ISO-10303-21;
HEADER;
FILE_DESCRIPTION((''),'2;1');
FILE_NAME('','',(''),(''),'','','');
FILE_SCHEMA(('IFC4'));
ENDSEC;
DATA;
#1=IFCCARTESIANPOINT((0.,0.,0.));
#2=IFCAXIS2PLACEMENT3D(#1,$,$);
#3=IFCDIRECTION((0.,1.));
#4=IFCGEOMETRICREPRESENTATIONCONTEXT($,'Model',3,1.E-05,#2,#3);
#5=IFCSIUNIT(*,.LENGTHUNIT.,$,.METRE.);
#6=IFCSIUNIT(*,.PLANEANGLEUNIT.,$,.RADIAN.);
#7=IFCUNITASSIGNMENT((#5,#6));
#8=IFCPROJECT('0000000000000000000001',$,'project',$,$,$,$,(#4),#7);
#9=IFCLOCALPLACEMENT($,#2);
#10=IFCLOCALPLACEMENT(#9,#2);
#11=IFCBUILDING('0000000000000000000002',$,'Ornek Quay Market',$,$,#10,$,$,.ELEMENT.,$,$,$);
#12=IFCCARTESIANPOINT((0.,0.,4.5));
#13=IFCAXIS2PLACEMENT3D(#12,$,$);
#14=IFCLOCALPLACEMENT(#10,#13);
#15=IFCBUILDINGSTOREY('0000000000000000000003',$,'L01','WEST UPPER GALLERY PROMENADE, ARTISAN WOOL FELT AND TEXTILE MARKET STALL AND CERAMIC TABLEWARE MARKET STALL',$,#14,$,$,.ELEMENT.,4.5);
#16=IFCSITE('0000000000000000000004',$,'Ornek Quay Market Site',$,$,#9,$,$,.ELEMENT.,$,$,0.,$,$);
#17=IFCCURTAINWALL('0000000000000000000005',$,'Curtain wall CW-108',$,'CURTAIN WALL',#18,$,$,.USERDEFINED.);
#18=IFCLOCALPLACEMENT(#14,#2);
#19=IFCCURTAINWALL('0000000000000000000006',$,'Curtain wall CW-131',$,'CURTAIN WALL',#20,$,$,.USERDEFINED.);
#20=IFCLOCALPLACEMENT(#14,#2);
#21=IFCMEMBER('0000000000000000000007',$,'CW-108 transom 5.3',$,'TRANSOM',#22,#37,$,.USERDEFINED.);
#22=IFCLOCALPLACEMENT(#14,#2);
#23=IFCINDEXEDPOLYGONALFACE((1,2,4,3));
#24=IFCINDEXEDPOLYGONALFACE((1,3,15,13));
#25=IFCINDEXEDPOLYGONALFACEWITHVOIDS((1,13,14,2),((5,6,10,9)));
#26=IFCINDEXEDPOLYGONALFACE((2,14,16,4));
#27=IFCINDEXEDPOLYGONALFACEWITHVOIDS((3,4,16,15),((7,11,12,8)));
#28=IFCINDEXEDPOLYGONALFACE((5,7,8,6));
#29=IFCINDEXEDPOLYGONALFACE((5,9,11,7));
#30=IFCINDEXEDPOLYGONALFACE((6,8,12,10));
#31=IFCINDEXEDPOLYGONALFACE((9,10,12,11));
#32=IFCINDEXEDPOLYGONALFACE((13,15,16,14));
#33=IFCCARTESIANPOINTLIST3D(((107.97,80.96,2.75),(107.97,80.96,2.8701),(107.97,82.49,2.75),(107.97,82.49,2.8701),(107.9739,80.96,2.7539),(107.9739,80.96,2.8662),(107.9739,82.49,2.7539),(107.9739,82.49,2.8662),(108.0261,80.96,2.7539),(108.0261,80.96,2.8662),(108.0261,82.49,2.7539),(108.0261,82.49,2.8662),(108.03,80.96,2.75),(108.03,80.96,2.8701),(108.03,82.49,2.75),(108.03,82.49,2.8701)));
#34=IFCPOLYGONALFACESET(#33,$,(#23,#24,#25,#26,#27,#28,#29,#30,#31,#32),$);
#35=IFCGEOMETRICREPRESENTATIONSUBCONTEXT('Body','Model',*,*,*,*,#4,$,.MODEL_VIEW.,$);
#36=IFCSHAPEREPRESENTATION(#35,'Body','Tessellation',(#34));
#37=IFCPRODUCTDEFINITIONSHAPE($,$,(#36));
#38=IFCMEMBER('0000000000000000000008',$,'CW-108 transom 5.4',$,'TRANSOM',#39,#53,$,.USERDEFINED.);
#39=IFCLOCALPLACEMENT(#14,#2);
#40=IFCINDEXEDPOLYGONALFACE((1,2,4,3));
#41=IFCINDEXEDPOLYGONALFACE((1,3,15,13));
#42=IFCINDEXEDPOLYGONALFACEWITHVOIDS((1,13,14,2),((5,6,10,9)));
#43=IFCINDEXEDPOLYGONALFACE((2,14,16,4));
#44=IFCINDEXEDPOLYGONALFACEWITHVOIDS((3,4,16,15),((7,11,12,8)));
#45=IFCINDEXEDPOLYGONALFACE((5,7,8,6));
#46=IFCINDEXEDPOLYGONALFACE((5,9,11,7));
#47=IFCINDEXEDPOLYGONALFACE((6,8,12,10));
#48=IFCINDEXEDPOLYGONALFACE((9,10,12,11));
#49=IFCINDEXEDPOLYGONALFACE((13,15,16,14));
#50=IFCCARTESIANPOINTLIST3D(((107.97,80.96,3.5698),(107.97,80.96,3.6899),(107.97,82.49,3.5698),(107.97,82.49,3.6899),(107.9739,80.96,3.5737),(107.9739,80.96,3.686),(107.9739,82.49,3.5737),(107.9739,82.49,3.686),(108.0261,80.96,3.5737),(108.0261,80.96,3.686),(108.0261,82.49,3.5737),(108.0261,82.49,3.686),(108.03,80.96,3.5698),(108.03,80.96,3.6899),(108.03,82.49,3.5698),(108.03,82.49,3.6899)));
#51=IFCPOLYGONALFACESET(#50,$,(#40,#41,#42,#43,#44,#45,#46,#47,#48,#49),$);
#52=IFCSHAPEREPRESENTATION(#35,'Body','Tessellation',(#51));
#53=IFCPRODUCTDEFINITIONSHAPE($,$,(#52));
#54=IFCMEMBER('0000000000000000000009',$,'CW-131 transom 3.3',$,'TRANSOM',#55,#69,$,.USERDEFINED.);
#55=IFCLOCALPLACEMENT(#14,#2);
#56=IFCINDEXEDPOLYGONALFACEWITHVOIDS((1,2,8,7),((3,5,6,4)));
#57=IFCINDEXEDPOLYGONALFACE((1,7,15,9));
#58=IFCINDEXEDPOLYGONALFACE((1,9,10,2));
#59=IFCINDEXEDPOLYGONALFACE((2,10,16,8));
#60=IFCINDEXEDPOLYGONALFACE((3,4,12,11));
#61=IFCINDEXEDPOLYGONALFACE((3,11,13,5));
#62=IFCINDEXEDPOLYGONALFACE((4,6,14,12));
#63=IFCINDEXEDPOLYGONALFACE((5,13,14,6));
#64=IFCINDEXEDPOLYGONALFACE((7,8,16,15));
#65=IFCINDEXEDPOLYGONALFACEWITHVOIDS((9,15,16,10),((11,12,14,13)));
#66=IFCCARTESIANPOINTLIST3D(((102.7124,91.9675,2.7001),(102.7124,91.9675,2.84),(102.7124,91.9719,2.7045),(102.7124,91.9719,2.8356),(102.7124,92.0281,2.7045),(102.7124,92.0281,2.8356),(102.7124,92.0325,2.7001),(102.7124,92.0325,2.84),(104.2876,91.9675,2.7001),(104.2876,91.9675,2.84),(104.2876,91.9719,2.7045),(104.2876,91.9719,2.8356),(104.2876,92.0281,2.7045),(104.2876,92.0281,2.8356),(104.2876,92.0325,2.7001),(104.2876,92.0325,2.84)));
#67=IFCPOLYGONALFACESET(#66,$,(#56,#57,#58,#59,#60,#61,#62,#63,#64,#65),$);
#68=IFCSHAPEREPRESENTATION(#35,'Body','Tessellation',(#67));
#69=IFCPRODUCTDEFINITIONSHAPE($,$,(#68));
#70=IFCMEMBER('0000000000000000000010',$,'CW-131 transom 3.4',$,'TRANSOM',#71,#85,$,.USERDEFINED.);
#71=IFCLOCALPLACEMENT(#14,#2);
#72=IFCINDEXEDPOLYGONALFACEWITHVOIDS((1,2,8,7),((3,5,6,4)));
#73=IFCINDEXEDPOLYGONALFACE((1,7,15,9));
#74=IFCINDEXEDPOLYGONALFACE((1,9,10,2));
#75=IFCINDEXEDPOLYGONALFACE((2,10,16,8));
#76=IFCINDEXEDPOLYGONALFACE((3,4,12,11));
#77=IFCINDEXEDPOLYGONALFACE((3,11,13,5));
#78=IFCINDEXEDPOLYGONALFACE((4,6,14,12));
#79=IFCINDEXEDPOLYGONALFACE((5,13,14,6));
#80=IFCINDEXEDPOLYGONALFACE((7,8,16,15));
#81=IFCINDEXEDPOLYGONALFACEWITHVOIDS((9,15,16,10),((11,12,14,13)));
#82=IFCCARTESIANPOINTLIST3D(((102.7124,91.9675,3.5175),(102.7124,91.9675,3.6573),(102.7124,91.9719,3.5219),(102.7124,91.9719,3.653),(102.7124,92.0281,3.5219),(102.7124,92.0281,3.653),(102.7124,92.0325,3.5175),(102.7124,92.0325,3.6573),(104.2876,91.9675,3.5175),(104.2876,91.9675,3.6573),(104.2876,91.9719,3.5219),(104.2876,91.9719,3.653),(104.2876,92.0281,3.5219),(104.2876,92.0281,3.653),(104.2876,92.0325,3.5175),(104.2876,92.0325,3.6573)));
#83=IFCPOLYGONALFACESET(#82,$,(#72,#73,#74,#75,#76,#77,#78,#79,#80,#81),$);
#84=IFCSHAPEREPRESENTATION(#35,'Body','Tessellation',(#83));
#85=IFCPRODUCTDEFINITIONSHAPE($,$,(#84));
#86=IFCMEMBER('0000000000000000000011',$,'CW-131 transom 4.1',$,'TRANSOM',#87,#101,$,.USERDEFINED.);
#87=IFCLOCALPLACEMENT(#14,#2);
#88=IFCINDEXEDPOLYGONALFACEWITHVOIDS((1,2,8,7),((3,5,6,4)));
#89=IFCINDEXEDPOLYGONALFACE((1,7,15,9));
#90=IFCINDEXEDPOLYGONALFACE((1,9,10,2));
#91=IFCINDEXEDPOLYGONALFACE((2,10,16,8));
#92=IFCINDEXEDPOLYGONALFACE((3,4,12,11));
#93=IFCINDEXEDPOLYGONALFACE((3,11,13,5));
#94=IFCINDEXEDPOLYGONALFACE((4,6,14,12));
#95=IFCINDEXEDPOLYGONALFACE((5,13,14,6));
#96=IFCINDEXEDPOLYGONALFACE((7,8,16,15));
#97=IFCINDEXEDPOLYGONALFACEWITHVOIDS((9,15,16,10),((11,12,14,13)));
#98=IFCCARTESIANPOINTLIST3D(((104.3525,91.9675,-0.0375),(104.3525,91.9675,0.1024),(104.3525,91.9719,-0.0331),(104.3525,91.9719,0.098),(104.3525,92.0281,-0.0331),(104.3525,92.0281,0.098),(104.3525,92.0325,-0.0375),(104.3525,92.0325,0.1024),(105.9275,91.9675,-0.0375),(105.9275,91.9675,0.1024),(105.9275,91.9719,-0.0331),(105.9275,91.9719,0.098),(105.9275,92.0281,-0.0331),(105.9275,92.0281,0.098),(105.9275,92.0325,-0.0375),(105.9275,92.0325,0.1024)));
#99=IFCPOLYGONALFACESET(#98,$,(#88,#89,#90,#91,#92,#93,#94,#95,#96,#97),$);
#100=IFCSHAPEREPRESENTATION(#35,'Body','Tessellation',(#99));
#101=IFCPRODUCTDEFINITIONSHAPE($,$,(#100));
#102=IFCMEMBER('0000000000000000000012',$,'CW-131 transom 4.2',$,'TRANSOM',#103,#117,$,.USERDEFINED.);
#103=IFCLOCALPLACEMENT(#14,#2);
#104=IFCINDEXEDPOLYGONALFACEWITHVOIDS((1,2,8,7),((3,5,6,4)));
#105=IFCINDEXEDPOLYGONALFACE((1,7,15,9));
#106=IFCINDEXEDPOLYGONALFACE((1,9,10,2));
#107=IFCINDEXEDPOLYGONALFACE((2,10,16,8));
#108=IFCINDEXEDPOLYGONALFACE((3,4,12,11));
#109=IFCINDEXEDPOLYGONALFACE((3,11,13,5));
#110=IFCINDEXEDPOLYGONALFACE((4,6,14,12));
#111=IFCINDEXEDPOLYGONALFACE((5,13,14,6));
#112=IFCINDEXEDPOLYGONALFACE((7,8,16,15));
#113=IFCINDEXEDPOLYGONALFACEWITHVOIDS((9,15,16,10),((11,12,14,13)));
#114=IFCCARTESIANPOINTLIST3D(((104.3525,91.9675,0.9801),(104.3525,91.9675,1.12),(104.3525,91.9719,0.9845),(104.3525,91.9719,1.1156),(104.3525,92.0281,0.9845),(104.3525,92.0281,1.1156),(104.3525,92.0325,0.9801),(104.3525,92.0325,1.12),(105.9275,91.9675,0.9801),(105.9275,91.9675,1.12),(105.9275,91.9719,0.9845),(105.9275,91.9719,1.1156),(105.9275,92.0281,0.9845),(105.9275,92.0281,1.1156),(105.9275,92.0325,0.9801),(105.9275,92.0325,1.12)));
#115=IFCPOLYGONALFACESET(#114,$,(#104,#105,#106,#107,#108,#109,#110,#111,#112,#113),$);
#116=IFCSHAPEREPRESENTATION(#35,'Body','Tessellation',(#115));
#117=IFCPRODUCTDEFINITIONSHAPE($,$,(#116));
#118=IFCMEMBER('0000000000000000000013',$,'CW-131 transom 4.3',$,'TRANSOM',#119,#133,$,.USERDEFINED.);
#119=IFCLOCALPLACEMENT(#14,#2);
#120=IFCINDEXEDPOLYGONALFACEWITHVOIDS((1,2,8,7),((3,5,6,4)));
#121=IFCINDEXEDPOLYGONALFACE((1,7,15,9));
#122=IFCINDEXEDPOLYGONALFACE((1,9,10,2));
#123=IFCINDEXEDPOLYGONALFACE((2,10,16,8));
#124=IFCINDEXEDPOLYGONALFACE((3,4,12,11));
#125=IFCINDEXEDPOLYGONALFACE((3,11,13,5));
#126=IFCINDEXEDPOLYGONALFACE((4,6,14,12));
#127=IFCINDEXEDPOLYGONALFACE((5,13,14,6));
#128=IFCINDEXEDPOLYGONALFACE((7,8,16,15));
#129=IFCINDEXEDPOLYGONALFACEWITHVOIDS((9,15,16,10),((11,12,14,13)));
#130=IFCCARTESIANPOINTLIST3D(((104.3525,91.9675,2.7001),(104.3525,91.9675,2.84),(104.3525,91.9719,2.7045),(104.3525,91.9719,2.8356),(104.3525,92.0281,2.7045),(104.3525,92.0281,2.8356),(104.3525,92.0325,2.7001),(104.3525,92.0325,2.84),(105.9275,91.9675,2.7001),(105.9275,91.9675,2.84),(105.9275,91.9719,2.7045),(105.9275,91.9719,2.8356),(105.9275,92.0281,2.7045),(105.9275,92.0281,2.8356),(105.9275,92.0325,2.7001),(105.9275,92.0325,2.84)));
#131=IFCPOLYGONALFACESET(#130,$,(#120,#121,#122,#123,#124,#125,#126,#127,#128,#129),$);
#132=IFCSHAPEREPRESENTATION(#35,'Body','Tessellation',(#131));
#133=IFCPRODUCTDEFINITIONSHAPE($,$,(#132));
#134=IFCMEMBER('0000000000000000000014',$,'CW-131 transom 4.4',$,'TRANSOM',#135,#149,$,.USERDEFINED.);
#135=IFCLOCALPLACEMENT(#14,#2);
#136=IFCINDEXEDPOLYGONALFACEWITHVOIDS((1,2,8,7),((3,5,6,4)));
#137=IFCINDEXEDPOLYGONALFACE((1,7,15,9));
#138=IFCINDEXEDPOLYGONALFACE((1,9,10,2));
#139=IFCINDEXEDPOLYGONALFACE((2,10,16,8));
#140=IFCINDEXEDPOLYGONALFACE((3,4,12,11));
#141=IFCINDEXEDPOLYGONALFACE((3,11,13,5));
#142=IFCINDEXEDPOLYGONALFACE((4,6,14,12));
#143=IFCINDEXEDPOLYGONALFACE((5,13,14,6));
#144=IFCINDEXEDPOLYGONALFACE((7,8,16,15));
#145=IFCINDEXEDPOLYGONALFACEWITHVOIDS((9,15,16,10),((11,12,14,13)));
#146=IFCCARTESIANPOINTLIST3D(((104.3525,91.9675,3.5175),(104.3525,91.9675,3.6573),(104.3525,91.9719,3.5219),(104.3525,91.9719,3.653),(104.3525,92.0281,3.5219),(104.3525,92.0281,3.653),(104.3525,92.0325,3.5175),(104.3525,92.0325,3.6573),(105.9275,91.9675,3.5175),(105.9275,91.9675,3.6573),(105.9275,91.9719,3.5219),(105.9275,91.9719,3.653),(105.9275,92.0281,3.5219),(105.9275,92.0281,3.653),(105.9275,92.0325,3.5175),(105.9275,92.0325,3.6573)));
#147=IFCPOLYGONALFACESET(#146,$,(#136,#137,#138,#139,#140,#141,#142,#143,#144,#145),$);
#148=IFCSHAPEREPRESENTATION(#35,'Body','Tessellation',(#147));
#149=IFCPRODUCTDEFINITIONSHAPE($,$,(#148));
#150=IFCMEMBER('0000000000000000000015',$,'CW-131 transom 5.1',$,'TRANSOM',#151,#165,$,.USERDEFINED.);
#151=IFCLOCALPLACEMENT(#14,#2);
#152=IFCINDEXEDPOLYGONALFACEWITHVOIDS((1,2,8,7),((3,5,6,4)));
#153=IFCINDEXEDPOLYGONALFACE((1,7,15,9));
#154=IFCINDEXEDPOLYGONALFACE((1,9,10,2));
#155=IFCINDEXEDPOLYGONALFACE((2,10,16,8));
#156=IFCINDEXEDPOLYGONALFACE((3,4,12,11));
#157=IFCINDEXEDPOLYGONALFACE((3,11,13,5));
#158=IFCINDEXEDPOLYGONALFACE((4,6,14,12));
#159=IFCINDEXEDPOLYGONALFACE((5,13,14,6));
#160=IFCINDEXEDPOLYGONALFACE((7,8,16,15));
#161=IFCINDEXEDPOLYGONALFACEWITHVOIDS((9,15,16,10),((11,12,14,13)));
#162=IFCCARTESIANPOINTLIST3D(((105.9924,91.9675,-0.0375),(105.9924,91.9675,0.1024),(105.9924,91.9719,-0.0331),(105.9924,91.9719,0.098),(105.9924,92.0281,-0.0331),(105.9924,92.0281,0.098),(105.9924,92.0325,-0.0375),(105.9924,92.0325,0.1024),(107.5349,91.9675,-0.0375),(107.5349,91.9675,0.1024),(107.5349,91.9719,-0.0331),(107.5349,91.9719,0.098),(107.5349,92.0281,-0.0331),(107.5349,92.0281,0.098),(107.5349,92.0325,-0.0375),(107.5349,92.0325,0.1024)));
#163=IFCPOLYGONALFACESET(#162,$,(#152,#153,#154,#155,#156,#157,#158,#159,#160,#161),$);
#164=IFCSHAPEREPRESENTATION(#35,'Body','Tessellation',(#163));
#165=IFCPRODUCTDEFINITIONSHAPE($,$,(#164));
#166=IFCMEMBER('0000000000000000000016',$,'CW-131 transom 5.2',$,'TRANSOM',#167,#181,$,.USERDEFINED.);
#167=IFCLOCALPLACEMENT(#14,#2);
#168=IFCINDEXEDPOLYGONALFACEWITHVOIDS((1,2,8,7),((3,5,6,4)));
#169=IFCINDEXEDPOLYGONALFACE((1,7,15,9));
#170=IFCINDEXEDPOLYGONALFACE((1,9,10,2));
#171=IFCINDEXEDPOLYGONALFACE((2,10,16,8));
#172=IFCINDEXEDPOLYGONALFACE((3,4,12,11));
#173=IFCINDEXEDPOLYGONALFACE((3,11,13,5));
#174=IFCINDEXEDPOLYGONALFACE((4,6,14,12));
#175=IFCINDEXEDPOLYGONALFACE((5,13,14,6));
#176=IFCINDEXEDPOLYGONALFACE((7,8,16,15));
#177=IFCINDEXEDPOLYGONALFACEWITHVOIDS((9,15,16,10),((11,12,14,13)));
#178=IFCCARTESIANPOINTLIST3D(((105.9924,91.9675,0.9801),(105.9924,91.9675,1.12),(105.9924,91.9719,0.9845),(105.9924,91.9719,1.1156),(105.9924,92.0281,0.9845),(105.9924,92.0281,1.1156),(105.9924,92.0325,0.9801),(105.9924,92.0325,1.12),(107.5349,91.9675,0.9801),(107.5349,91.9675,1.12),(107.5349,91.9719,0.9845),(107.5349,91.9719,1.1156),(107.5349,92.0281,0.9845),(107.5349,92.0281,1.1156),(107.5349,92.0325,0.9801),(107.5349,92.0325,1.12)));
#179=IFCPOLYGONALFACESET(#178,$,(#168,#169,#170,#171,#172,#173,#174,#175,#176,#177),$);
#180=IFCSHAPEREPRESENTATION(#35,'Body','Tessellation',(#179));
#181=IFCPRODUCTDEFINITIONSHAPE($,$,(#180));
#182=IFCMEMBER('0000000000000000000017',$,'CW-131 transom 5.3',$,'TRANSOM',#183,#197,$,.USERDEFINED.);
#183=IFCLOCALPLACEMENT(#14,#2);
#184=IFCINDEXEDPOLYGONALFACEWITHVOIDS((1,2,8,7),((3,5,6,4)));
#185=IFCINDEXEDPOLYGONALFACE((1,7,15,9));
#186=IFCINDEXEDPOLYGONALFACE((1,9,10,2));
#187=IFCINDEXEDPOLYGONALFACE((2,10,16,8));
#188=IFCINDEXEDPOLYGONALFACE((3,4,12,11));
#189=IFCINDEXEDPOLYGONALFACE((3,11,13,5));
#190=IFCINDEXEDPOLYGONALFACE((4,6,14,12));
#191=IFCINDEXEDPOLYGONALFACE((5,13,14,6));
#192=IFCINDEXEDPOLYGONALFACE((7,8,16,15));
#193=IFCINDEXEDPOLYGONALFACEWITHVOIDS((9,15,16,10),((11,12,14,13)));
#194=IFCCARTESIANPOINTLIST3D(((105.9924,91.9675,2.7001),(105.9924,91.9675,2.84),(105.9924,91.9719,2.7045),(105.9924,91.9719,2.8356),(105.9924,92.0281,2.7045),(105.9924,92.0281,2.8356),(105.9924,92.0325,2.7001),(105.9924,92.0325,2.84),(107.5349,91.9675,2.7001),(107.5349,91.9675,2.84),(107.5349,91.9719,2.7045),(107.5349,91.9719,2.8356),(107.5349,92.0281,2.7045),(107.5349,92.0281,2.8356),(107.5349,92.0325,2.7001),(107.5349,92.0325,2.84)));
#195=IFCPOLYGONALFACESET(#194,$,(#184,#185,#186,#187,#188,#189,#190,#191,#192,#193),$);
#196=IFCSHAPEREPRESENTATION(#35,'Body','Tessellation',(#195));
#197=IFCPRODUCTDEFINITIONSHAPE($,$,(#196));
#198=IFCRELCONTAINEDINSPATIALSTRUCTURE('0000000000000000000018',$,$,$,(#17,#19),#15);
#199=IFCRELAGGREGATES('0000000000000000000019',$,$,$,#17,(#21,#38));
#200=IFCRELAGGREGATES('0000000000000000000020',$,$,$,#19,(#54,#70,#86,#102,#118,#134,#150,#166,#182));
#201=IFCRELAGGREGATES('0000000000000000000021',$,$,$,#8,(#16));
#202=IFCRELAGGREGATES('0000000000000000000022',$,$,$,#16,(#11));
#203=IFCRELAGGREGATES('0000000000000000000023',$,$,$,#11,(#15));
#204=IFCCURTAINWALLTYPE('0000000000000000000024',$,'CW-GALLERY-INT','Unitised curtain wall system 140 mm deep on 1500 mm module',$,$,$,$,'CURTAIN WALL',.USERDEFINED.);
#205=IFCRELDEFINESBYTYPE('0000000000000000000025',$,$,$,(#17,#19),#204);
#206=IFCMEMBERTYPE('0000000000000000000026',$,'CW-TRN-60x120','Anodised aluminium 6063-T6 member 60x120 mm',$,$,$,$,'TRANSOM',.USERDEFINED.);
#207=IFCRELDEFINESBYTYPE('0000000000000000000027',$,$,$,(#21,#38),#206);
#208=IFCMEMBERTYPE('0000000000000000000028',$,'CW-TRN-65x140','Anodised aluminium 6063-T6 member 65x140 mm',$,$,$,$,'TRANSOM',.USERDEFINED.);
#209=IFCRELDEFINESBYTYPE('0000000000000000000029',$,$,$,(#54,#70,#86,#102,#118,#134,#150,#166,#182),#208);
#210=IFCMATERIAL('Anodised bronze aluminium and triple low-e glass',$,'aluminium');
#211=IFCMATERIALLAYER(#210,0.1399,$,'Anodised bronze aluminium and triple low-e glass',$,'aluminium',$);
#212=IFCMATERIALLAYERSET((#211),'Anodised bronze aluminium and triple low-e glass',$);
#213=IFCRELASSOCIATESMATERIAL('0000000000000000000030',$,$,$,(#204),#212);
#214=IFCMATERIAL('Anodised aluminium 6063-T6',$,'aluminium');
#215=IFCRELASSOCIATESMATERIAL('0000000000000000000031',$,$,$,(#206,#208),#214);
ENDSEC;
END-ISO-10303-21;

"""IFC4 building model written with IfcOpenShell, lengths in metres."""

from ifc_helpers import new_model, si_unit, direction, frame, origin, origin_2d, place, context, subcontext, project, spatial, hollow_rectangle, extrude, material, layer, layer_set, material_profile, profile_set, type_object, element, aggregate, save


model = new_model("IFC4")

# Units and contexts
model_context = context("Model", 3, precision=1e-05, world=origin(), true_north=direction((0.0, 1.0)))
body_context = subcontext(model_context, "Body", "Model", "MODEL_VIEW")
ifc_project = project(units=[si_unit("LENGTHUNIT", "METRE"), si_unit("PLANEANGLEUNIT", "RADIAN")], contexts=[model_context])

# Site, building, storey
site_placement = place(None, origin())
site = spatial("IfcSite", under=ifc_project, at=site_placement, Name="Ornek Quay Market Site", CompositionType="ELEMENT", RefElevation=0.0)
building_placement = place(site_placement, origin())
building = spatial("IfcBuilding", under=site, at=building_placement, Name="Ornek Quay Market", CompositionType="ELEMENT")
storey_placement = place(building_placement, frame((0.0, 0.0, 4.5)))
storey = spatial("IfcBuildingStorey", under=building, at=storey_placement, Name="L01", Description="WEST UPPER GALLERY PROMENADE, ARTISAN WOOL FELT AND TEXTILE MARKET STALL AND CERAMIC TABLEWARE MARKET STALL", CompositionType="ELEMENT", Elevation=4.5)

# Curtain walls
ifc_material_1 = material(Name="Anodised bronze aluminium and triple low-e glass", Category="aluminium")
ifc_layer_1 = layer(ifc_material_1, 0.1399, Name="Anodised bronze aluminium and triple low-e glass", Category="aluminium")
ifc_layer_set_1 = layer_set([ifc_layer_1], Name="Anodised bronze aluminium and triple low-e glass")
curtain_wall_type = type_object("IfcCurtainWallType", Name="CW-GALLERY-INT", Description="Unitised curtain wall system 140 mm deep on 1500 mm module", ElementType="CURTAIN WALL", PredefinedType="USERDEFINED", material=ifc_layer_set_1)
curtain_wall_1_placement = place(storey_placement, origin())
curtain_wall_1 = element("IfcCurtainWall", 1, at=curtain_wall_1_placement, inside=storey, type_object=curtain_wall_type, Name="Curtain wall CW-108", ObjectType="CURTAIN WALL", PredefinedType="USERDEFINED")
ifc_material_2 = material(Name="Anodised aluminium 6063-T6", Category="aluminium")
curtain_wall_2_placement = place(storey_placement, origin())
curtain_wall_2 = element("IfcCurtainWall", 2, at=curtain_wall_2_placement, inside=storey, type_object=curtain_wall_type, Name="Curtain wall CW-131", ObjectType="CURTAIN WALL", PredefinedType="USERDEFINED")

# Members
ifc_material_profile_1 = material_profile(ifc_material_2, hollow_rectangle(XDim=0.0601, YDim=0.1201, WallThickness=0.0039, at=origin_2d()), Name="CW-TRN-60x120", Category="aluminium")
ifc_profile_set_1 = profile_set([ifc_material_profile_1], Name="Anodised aluminium 6063-T6")
member_type_1 = type_object("IfcMemberType", Name="CW-TRN-60x120", Description="Anodised aluminium 6063-T6 member 60x120 mm", ElementType="TRANSOM", PredefinedType="USERDEFINED", material=ifc_profile_set_1)
member_1_placement = place(storey_placement, frame((108.0, 80.96, 2.8101), z_axis=(0.0, 1.0, 0.0), x_axis=(-1.0, 0.0, 0.0)))
member_1 = element("IfcMember", 3, at=member_1_placement, type_object=member_type_1, Name="CW-108 transom 5.3", ObjectType="TRANSOM", PredefinedType="USERDEFINED", context=body_context, shape_type="SweptSolid", body=[
    extrude(hollow_rectangle(XDim=0.0601, YDim=0.1201, WallThickness=0.0039, at=origin_2d()), origin(), (0.0, 0.0, 1.0), 1.53),
])
member_2_placement = place(storey_placement, frame((108.0, 80.96, 3.6299), z_axis=(0.0, 1.0, 0.0), x_axis=(-1.0, 0.0, 0.0)))
member_2 = element("IfcMember", 4, at=member_2_placement, type_object=member_type_1, Name="CW-108 transom 5.4", ObjectType="TRANSOM", PredefinedType="USERDEFINED", context=body_context, shape_type="SweptSolid", body=[
    extrude(hollow_rectangle(XDim=0.0601, YDim=0.1201, WallThickness=0.0039, at=origin_2d()), origin(), (0.0, 0.0, 1.0), 1.53),
])
ifc_material_profile_2 = material_profile(ifc_material_2, hollow_rectangle(XDim=0.0649, YDim=0.1399, WallThickness=0.0044, at=origin_2d()), Name="CW-TRN-65x140", Category="aluminium")
ifc_profile_set_2 = profile_set([ifc_material_profile_2], Name="Anodised aluminium 6063-T6")
member_type_2 = type_object("IfcMemberType", Name="CW-TRN-65x140", Description="Anodised aluminium 6063-T6 member 65x140 mm", ElementType="TRANSOM", PredefinedType="USERDEFINED", material=ifc_profile_set_2)
member_3_placement = place(storey_placement, frame((102.7124, 92.0, 2.77), z_axis=(1.0, 0.0, 0.0), x_axis=(0.0, 1.0, 0.0)))
member_3 = element("IfcMember", 5, at=member_3_placement, type_object=member_type_2, Name="CW-131 transom 3.3", ObjectType="TRANSOM", PredefinedType="USERDEFINED", context=body_context, shape_type="SweptSolid", body=[
    extrude(hollow_rectangle(XDim=0.0649, YDim=0.1399, WallThickness=0.0044, at=origin_2d()), origin(), (0.0, 0.0, 1.0), 1.5752),
])
member_4_placement = place(storey_placement, frame((102.7124, 92.0, 3.5874), z_axis=(1.0, 0.0, 0.0), x_axis=(0.0, 1.0, 0.0)))
member_4 = element("IfcMember", 6, at=member_4_placement, type_object=member_type_2, Name="CW-131 transom 3.4", ObjectType="TRANSOM", PredefinedType="USERDEFINED", context=body_context, shape_type="SweptSolid", body=[
    extrude(hollow_rectangle(XDim=0.0649, YDim=0.1399, WallThickness=0.0044, at=origin_2d()), origin(), (0.0, 0.0, 1.0), 1.5752),
])
member_5_placement = place(storey_placement, frame((104.3525, 92.0, 0.0325), z_axis=(1.0, 0.0, 0.0), x_axis=(0.0, 1.0, 0.0)))
member_5 = element("IfcMember", 7, at=member_5_placement, type_object=member_type_2, Name="CW-131 transom 4.1", ObjectType="TRANSOM", PredefinedType="USERDEFINED", context=body_context, shape_type="SweptSolid", body=[
    extrude(hollow_rectangle(XDim=0.0649, YDim=0.1399, WallThickness=0.0044, at=origin_2d()), origin(), (0.0, 0.0, 1.0), 1.575),
])
member_6_placement = place(storey_placement, frame((104.3525, 92.0, 1.05), z_axis=(1.0, 0.0, 0.0), x_axis=(0.0, 1.0, 0.0)))
member_6 = element("IfcMember", 8, at=member_6_placement, type_object=member_type_2, Name="CW-131 transom 4.2", ObjectType="TRANSOM", PredefinedType="USERDEFINED", context=body_context, shape_type="SweptSolid", body=[
    extrude(hollow_rectangle(XDim=0.0649, YDim=0.1399, WallThickness=0.0044, at=origin_2d()), origin(), (0.0, 0.0, 1.0), 1.575),
])
member_7_placement = place(storey_placement, frame((104.3525, 92.0, 2.77), z_axis=(1.0, 0.0, 0.0), x_axis=(0.0, 1.0, 0.0)))
member_7 = element("IfcMember", 9, at=member_7_placement, type_object=member_type_2, Name="CW-131 transom 4.3", ObjectType="TRANSOM", PredefinedType="USERDEFINED", context=body_context, shape_type="SweptSolid", body=[
    extrude(hollow_rectangle(XDim=0.0649, YDim=0.1399, WallThickness=0.0044, at=origin_2d()), origin(), (0.0, 0.0, 1.0), 1.575),
])
member_8_placement = place(storey_placement, frame((104.3525, 92.0, 3.5874), z_axis=(1.0, 0.0, 0.0), x_axis=(0.0, 1.0, 0.0)))
member_8 = element("IfcMember", 10, at=member_8_placement, type_object=member_type_2, Name="CW-131 transom 4.4", ObjectType="TRANSOM", PredefinedType="USERDEFINED", context=body_context, shape_type="SweptSolid", body=[
    extrude(hollow_rectangle(XDim=0.0649, YDim=0.1399, WallThickness=0.0044, at=origin_2d()), origin(), (0.0, 0.0, 1.0), 1.575),
])
member_9_placement = place(storey_placement, frame((105.9924, 92.0, 0.0325), z_axis=(1.0, 0.0, 0.0), x_axis=(0.0, 1.0, 0.0)))
member_9 = element("IfcMember", 11, at=member_9_placement, type_object=member_type_2, Name="CW-131 transom 5.1", ObjectType="TRANSOM", PredefinedType="USERDEFINED", context=body_context, shape_type="SweptSolid", body=[
    extrude(hollow_rectangle(XDim=0.0649, YDim=0.1399, WallThickness=0.0044, at=origin_2d()), origin(), (0.0, 0.0, 1.0), 1.5425),
])
member_10_placement = place(storey_placement, frame((105.9924, 92.0, 1.05), z_axis=(1.0, 0.0, 0.0), x_axis=(0.0, 1.0, 0.0)))
member_10 = element("IfcMember", 12, at=member_10_placement, type_object=member_type_2, Name="CW-131 transom 5.2", ObjectType="TRANSOM", PredefinedType="USERDEFINED", context=body_context, shape_type="SweptSolid", body=[
    extrude(hollow_rectangle(XDim=0.0649, YDim=0.1399, WallThickness=0.0044, at=origin_2d()), origin(), (0.0, 0.0, 1.0), 1.5425),
])
member_11_placement = place(storey_placement, frame((105.9924, 92.0, 2.77), z_axis=(1.0, 0.0, 0.0), x_axis=(0.0, 1.0, 0.0)))
member_11 = element("IfcMember", 13, at=member_11_placement, type_object=member_type_2, Name="CW-131 transom 5.3", ObjectType="TRANSOM", PredefinedType="USERDEFINED", context=body_context, shape_type="SweptSolid", body=[
    extrude(hollow_rectangle(XDim=0.0649, YDim=0.1399, WallThickness=0.0044, at=origin_2d()), origin(), (0.0, 0.0, 1.0), 1.5425),
])

aggregate(curtain_wall_1, [member_1, member_2])
aggregate(curtain_wall_2, [member_3, member_4, member_5, member_6, member_7, member_8, member_9, member_10, member_11])

save(model, "model.ifc")
